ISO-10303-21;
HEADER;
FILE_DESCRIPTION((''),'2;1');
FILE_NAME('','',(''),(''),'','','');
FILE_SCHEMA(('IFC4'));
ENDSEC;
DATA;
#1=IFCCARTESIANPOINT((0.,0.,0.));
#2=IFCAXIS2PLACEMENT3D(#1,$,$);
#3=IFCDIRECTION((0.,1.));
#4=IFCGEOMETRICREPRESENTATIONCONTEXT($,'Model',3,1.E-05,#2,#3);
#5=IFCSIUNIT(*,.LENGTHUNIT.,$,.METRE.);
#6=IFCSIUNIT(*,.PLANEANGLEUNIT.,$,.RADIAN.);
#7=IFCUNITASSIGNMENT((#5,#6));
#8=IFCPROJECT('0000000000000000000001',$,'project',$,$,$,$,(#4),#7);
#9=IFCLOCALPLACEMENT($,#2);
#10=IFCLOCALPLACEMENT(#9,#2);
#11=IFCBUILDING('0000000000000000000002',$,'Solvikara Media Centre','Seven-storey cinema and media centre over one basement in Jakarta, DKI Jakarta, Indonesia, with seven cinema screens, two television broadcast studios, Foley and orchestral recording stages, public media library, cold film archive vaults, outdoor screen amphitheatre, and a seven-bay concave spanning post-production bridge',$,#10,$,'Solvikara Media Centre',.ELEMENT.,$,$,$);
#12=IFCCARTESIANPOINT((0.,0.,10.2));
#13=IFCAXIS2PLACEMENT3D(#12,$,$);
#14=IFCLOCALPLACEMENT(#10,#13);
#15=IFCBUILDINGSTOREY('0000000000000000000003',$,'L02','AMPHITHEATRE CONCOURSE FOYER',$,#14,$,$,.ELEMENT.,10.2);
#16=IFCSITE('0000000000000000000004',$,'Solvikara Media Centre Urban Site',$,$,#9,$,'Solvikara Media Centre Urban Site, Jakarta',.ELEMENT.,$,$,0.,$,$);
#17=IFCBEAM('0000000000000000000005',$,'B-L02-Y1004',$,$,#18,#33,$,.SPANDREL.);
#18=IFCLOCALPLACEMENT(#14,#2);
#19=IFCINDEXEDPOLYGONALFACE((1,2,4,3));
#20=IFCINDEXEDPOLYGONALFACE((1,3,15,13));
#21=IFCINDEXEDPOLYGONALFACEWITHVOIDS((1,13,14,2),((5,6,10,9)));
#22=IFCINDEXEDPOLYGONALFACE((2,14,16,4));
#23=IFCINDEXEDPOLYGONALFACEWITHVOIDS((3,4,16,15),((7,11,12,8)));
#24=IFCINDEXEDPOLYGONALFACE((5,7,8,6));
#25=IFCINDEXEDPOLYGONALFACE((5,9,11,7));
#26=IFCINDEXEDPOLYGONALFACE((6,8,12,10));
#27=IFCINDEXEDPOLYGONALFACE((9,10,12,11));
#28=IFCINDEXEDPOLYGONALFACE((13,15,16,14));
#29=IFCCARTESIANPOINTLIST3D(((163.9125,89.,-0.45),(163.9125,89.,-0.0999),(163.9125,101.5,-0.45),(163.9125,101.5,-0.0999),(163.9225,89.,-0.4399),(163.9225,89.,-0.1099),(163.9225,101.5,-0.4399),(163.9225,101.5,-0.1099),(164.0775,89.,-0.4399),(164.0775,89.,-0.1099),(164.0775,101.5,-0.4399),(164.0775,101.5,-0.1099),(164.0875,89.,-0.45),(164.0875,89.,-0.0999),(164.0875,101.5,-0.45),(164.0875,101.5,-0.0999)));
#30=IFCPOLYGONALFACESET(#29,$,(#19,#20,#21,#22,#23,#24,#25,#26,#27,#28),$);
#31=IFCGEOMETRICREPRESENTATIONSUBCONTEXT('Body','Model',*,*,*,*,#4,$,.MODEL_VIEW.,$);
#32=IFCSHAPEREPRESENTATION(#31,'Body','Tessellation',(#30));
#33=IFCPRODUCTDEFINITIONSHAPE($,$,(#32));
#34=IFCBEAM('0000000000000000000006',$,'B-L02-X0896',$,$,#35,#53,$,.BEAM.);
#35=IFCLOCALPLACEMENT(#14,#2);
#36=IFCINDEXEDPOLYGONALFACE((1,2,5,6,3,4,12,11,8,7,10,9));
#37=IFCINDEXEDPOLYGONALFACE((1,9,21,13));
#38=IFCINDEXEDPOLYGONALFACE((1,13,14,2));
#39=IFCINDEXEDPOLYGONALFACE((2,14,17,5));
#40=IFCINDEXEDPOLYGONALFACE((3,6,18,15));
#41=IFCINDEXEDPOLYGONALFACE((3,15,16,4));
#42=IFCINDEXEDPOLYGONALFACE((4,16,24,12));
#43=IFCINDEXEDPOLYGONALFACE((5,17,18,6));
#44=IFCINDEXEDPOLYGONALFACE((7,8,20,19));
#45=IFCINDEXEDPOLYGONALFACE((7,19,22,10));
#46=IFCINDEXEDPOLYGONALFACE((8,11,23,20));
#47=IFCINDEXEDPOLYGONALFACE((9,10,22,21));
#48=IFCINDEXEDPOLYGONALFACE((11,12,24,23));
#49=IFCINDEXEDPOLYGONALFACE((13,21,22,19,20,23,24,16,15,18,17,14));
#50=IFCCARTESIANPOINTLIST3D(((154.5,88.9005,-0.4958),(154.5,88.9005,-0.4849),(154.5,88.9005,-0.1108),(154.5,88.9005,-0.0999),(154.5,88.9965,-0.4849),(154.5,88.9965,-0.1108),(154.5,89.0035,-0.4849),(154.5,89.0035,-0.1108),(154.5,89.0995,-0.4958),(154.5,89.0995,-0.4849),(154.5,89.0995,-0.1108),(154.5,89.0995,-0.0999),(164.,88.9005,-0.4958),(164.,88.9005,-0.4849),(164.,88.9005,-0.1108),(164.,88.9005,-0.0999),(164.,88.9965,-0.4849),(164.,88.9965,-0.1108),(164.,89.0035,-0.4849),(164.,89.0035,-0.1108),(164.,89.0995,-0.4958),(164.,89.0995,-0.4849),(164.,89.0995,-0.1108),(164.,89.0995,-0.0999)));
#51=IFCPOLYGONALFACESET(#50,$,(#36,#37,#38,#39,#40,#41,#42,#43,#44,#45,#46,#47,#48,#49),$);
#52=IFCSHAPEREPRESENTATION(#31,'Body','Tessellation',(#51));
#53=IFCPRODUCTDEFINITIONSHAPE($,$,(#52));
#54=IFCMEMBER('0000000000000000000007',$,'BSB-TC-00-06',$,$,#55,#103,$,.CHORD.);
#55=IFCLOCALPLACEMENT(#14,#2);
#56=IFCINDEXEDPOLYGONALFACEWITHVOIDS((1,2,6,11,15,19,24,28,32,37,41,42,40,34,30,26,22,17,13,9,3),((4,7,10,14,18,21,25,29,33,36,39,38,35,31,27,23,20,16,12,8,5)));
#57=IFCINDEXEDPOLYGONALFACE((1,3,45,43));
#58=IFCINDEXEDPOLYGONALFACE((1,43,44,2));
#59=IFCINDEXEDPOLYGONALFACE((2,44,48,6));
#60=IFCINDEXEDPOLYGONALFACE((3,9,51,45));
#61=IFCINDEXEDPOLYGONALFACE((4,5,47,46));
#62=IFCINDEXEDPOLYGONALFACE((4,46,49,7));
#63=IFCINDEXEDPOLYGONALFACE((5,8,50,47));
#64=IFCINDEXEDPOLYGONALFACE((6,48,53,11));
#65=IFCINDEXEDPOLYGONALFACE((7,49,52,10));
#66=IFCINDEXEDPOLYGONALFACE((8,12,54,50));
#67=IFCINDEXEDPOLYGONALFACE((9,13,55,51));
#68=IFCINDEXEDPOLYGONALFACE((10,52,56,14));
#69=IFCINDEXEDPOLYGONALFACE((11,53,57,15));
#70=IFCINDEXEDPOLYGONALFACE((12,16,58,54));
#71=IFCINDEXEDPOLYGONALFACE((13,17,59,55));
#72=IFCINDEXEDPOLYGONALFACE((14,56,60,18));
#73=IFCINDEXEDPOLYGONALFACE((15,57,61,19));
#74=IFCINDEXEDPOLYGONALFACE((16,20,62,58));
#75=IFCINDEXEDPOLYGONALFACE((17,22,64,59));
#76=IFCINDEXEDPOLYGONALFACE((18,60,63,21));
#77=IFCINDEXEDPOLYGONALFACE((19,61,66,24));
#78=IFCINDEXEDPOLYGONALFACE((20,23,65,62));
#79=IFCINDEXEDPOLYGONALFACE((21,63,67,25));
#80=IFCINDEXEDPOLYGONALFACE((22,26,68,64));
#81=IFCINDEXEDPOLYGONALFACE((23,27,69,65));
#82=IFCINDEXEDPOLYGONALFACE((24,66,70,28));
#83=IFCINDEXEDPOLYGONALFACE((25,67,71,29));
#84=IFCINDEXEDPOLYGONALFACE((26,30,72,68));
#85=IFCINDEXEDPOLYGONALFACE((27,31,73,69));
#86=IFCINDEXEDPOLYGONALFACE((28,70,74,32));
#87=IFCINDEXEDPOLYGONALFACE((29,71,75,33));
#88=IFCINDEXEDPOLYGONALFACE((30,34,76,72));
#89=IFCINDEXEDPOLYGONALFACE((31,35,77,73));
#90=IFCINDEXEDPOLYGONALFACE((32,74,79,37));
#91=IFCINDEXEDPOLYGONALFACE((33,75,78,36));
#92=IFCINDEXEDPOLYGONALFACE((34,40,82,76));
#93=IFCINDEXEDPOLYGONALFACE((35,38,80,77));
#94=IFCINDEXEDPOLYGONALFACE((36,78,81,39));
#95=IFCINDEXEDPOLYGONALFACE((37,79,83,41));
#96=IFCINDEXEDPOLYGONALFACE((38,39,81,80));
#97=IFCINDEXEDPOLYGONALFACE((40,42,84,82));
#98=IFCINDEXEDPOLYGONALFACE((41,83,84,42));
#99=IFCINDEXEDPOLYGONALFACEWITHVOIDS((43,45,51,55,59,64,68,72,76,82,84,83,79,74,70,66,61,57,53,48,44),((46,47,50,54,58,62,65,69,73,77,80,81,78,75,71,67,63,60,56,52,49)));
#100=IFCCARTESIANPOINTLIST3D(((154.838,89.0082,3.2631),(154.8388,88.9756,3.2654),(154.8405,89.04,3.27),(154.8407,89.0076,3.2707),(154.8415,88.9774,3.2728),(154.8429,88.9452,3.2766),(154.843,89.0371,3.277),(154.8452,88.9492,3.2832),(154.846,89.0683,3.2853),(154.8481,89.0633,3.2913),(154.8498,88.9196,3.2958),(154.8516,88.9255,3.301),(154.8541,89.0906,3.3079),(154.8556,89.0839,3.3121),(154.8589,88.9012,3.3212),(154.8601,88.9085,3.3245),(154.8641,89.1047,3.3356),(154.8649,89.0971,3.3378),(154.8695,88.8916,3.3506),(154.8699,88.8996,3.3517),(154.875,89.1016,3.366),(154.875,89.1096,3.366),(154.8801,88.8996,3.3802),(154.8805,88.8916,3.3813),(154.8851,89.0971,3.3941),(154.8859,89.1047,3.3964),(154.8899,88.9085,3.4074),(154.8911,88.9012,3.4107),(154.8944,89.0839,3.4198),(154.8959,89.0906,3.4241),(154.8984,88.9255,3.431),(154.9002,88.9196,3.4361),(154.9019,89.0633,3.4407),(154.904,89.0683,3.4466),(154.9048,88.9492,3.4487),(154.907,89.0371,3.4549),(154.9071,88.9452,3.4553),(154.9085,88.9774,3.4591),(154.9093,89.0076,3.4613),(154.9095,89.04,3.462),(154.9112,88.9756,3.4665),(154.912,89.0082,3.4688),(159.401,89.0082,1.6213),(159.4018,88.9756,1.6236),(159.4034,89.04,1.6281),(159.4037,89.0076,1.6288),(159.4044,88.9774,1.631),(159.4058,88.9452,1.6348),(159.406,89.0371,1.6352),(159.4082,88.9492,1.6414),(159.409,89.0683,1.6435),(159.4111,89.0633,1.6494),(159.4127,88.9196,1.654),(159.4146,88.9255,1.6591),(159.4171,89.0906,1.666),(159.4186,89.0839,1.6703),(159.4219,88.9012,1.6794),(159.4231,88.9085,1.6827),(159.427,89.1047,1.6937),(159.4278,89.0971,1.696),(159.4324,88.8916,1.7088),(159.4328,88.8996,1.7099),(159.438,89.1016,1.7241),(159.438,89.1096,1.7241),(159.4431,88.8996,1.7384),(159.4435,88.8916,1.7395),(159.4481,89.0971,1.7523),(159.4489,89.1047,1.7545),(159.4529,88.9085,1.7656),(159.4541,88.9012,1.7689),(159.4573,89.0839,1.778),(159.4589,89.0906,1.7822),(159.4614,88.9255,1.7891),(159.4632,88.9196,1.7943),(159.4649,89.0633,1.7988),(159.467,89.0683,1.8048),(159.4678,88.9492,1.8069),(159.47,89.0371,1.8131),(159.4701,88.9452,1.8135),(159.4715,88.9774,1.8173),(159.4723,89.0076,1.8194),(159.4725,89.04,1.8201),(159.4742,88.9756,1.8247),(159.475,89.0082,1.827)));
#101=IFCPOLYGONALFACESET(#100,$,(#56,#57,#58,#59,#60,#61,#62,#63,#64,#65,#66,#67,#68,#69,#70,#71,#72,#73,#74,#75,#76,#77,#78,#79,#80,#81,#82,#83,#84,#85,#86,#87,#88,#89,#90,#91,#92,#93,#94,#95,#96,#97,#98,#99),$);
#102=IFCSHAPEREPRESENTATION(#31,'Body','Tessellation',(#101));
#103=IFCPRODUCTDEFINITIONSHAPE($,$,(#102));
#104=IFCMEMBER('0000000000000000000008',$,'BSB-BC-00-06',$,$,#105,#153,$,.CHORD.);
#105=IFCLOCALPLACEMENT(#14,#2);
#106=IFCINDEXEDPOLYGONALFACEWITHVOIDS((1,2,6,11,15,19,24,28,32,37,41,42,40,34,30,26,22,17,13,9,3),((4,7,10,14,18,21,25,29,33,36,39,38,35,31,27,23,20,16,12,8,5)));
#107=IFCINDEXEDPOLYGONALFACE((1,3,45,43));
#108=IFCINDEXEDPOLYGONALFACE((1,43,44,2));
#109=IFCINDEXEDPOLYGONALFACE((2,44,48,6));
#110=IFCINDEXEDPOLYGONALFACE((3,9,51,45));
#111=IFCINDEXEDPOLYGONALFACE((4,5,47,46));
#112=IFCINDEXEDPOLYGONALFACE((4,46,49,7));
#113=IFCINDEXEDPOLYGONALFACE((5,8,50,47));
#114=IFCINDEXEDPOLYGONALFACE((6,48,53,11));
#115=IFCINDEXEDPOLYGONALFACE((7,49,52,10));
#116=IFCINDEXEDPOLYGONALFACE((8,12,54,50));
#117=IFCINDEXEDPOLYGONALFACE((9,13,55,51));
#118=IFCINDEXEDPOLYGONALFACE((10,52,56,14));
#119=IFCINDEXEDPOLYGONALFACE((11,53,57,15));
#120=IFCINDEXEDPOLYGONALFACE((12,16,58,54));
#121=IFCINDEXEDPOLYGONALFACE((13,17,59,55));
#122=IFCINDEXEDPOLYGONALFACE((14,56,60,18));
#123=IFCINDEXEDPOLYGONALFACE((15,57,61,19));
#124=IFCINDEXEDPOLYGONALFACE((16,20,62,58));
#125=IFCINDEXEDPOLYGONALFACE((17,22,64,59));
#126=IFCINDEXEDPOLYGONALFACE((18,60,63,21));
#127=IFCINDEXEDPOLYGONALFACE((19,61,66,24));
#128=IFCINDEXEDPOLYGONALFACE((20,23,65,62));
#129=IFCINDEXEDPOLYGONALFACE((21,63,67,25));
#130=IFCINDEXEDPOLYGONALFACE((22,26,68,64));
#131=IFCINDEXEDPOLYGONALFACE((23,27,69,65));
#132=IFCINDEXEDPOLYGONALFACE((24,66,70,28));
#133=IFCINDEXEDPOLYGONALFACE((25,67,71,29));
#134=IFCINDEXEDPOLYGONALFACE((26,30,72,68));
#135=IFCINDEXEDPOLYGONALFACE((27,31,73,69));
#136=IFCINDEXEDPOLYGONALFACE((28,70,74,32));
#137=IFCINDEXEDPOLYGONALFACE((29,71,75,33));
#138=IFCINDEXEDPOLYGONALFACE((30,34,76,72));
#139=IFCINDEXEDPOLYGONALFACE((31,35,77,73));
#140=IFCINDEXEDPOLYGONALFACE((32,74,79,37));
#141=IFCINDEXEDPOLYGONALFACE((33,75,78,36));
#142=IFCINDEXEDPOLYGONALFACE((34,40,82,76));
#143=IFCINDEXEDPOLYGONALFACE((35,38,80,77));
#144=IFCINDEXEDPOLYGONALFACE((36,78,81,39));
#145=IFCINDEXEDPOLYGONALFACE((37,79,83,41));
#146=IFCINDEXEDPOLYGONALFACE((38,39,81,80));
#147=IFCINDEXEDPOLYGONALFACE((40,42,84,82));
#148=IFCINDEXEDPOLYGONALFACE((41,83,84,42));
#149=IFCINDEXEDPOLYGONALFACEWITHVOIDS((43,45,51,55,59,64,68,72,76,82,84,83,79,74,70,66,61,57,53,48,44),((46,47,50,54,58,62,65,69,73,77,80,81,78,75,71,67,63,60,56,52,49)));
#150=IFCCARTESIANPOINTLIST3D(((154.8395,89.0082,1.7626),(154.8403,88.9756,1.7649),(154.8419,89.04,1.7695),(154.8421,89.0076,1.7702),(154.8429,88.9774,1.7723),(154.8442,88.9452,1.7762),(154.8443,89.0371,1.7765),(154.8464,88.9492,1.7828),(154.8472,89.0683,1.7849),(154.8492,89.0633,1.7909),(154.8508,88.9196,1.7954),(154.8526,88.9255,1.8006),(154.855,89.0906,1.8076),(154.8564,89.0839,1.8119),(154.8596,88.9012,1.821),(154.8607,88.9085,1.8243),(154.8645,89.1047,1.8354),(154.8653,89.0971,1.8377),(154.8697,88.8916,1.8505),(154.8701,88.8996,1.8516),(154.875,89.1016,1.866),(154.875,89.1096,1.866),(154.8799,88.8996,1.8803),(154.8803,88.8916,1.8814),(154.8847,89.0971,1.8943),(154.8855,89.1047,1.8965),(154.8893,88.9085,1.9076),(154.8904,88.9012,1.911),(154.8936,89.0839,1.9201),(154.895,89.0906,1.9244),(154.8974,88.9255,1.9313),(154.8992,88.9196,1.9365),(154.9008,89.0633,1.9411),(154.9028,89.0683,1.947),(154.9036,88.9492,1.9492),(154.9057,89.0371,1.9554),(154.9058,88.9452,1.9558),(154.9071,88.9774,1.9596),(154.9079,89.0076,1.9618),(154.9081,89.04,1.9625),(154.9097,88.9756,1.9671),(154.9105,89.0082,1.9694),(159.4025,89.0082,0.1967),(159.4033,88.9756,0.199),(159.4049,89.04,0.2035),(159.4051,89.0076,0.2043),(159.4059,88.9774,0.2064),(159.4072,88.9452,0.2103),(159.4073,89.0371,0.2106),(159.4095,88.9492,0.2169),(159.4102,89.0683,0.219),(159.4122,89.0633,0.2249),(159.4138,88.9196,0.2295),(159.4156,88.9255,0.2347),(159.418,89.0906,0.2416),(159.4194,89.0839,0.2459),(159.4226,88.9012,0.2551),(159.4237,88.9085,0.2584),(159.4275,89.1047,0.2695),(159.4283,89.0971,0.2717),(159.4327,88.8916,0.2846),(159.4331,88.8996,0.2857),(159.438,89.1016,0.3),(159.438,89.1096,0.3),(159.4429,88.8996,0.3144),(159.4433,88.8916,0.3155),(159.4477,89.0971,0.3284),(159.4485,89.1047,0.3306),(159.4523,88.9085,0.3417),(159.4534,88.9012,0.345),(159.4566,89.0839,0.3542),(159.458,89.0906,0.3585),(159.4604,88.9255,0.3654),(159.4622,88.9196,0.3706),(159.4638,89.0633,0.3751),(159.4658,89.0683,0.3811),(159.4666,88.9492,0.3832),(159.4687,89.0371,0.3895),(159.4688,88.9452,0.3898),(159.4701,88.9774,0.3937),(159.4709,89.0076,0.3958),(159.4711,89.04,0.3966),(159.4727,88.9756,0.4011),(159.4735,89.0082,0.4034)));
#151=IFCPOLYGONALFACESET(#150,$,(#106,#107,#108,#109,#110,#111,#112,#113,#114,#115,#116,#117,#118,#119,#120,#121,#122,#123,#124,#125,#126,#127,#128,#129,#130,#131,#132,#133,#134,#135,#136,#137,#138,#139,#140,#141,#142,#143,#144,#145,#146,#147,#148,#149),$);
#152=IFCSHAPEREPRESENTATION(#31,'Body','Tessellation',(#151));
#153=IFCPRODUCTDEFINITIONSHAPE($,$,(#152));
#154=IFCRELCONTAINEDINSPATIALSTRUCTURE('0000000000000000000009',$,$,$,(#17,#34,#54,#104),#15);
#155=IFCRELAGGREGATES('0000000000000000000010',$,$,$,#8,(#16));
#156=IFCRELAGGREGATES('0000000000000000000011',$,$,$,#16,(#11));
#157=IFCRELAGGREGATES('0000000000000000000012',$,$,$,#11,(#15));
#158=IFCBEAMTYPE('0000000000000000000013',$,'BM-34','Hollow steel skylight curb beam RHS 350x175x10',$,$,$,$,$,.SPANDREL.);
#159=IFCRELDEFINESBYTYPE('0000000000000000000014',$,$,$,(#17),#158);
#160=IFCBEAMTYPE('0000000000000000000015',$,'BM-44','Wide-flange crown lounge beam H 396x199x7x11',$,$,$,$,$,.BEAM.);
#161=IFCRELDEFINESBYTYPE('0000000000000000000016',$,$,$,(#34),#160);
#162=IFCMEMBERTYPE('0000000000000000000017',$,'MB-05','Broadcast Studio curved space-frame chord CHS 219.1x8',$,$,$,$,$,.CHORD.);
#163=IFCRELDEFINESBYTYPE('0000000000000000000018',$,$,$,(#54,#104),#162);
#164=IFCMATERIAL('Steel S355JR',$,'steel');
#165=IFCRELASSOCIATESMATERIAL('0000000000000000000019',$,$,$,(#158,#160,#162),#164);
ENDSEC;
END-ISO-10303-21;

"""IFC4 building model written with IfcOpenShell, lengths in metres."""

from ifc_helpers import new_model, si_unit, direction, frame, origin, origin_2d, place, context, subcontext, project, spatial, hollow_rectangle, hollow_circle, i_section, extrude, material, material_profile, profile_set, type_object, element, save


model = new_model("IFC4")

# Units and contexts
model_context = context("Model", 3, precision=1e-05, world=origin(), true_north=direction((0.0, 1.0)))
body_context = subcontext(model_context, "Body", "Model", "MODEL_VIEW")
ifc_project = project(units=[si_unit("LENGTHUNIT", "METRE"), si_unit("PLANEANGLEUNIT", "RADIAN")], contexts=[model_context])

# Site, building, storey
site_placement = place(None, origin())
site = spatial("IfcSite", under=ifc_project, at=site_placement, Name="Solvikara Media Centre Urban Site", LongName="Solvikara Media Centre Urban Site, Jakarta", CompositionType="ELEMENT", RefElevation=0.0)
building_placement = place(site_placement, origin())
building = spatial("IfcBuilding", under=site, at=building_placement, Name="Solvikara Media Centre", Description="Seven-storey cinema and media centre over one basement in Jakarta, DKI Jakarta, Indonesia, with seven cinema screens, two television broadcast studios, Foley and orchestral recording stages, public media library, cold film archive vaults, outdoor screen amphitheatre, and a seven-bay concave spanning post-production bridge", LongName="Solvikara Media Centre", CompositionType="ELEMENT")
storey_placement = place(building_placement, frame((0.0, 0.0, 10.2)))
storey = spatial("IfcBuildingStorey", under=building, at=storey_placement, Name="L02", Description="AMPHITHEATRE CONCOURSE FOYER", CompositionType="ELEMENT", Elevation=10.2)

# Beams
ifc_material_1 = material(Name="Steel S355JR", Category="steel")
ifc_material_profile_1 = material_profile(ifc_material_1, hollow_rectangle(XDim=0.175, YDim=0.3501, WallThickness=0.01, at=origin_2d()), Name="RHS 350x175x10")
ifc_profile_set_1 = profile_set([ifc_material_profile_1], Name="Steel S355JR")
beam_type_1 = type_object("IfcBeamType", Name="BM-34", Description="Hollow steel skylight curb beam RHS 350x175x10", PredefinedType="SPANDREL", material=ifc_profile_set_1)
beam_1_placement = place(storey_placement, frame((164.0, 89.0, -0.2749), z_axis=(0.0, 1.0, 0.0), x_axis=(-1.0, 0.0, 0.0)))
element("IfcBeam", 1, at=beam_1_placement, inside=storey, type_object=beam_type_1, Name="B-L02-Y1004", PredefinedType="SPANDREL", context=body_context, shape_type="SweptSolid", body=[
    extrude(hollow_rectangle(XDim=0.175, YDim=0.3501, WallThickness=0.01, at=origin_2d()), origin(), (0.0, 0.0, 1.0), 12.5),
])
ifc_material_profile_2 = material_profile(ifc_material_1, i_section(OverallWidth=0.199, OverallDepth=0.396, WebThickness=0.0071, FlangeThickness=0.011, at=origin_2d()), Name="H 396x199x7x11")
ifc_profile_set_2 = profile_set([ifc_material_profile_2], Name="Steel S355JR")
beam_type_2 = type_object("IfcBeamType", Name="BM-44", Description="Wide-flange crown lounge beam H 396x199x7x11", PredefinedType="BEAM", material=ifc_profile_set_2)
beam_2_placement = place(storey_placement, frame((154.5, 89.0, -0.2979), z_axis=(1.0, 0.0, 0.0), x_axis=(0.0, 1.0, 0.0)))
element("IfcBeam", 2, at=beam_2_placement, inside=storey, type_object=beam_type_2, Name="B-L02-X0896", PredefinedType="BEAM", context=body_context, shape_type="SweptSolid", body=[
    extrude(i_section(OverallWidth=0.199, OverallDepth=0.396, WebThickness=0.0071, FlangeThickness=0.011, at=origin_2d()), origin(), (0.0, 0.0, 1.0), 9.5),
])

# Members
ifc_material_profile_3 = material_profile(ifc_material_1, hollow_circle(Radius=0.1096, WallThickness=0.0081, at=origin_2d()), Name="CHS 219.1x8")
ifc_profile_set_3 = profile_set([ifc_material_profile_3], Name="Steel S355JR")
member_type_1 = type_object("IfcMemberType", Name="MB-05", Description="Broadcast Studio curved space-frame chord CHS 219.1x8", PredefinedType="CHORD", material=ifc_profile_set_3)
member_1_placement = place(storey_placement, frame((154.875, 89.0, 3.366), z_axis=(0.940942, 0.0, -0.338568), x_axis=(0.0, 1.0, 0.0)))
element("IfcMember", 3, at=member_1_placement, inside=storey, type_object=member_type_1, Name="BSB-TC-00-06", PredefinedType="CHORD", context=body_context, shape_type="SweptSolid", body=[
    extrude(hollow_circle(Radius=0.1096, WallThickness=0.0081, at=origin_2d()), origin(), (0.0, 0.0, 1.0), 4.8494),
])
member_2_placement = place(storey_placement, frame((154.875, 89.0, 1.866), z_axis=(0.945853, 0.0, -0.324596), x_axis=(0.0, 1.0, 0.0)))
element("IfcMember", 4, at=member_2_placement, inside=storey, type_object=member_type_1, Name="BSB-BC-00-06", PredefinedType="CHORD", context=body_context, shape_type="SweptSolid", body=[
    extrude(hollow_circle(Radius=0.1096, WallThickness=0.0081, at=origin_2d()), origin(), (0.0, 0.0, 1.0), 4.8242),
])

save(model, "model.ifc")
